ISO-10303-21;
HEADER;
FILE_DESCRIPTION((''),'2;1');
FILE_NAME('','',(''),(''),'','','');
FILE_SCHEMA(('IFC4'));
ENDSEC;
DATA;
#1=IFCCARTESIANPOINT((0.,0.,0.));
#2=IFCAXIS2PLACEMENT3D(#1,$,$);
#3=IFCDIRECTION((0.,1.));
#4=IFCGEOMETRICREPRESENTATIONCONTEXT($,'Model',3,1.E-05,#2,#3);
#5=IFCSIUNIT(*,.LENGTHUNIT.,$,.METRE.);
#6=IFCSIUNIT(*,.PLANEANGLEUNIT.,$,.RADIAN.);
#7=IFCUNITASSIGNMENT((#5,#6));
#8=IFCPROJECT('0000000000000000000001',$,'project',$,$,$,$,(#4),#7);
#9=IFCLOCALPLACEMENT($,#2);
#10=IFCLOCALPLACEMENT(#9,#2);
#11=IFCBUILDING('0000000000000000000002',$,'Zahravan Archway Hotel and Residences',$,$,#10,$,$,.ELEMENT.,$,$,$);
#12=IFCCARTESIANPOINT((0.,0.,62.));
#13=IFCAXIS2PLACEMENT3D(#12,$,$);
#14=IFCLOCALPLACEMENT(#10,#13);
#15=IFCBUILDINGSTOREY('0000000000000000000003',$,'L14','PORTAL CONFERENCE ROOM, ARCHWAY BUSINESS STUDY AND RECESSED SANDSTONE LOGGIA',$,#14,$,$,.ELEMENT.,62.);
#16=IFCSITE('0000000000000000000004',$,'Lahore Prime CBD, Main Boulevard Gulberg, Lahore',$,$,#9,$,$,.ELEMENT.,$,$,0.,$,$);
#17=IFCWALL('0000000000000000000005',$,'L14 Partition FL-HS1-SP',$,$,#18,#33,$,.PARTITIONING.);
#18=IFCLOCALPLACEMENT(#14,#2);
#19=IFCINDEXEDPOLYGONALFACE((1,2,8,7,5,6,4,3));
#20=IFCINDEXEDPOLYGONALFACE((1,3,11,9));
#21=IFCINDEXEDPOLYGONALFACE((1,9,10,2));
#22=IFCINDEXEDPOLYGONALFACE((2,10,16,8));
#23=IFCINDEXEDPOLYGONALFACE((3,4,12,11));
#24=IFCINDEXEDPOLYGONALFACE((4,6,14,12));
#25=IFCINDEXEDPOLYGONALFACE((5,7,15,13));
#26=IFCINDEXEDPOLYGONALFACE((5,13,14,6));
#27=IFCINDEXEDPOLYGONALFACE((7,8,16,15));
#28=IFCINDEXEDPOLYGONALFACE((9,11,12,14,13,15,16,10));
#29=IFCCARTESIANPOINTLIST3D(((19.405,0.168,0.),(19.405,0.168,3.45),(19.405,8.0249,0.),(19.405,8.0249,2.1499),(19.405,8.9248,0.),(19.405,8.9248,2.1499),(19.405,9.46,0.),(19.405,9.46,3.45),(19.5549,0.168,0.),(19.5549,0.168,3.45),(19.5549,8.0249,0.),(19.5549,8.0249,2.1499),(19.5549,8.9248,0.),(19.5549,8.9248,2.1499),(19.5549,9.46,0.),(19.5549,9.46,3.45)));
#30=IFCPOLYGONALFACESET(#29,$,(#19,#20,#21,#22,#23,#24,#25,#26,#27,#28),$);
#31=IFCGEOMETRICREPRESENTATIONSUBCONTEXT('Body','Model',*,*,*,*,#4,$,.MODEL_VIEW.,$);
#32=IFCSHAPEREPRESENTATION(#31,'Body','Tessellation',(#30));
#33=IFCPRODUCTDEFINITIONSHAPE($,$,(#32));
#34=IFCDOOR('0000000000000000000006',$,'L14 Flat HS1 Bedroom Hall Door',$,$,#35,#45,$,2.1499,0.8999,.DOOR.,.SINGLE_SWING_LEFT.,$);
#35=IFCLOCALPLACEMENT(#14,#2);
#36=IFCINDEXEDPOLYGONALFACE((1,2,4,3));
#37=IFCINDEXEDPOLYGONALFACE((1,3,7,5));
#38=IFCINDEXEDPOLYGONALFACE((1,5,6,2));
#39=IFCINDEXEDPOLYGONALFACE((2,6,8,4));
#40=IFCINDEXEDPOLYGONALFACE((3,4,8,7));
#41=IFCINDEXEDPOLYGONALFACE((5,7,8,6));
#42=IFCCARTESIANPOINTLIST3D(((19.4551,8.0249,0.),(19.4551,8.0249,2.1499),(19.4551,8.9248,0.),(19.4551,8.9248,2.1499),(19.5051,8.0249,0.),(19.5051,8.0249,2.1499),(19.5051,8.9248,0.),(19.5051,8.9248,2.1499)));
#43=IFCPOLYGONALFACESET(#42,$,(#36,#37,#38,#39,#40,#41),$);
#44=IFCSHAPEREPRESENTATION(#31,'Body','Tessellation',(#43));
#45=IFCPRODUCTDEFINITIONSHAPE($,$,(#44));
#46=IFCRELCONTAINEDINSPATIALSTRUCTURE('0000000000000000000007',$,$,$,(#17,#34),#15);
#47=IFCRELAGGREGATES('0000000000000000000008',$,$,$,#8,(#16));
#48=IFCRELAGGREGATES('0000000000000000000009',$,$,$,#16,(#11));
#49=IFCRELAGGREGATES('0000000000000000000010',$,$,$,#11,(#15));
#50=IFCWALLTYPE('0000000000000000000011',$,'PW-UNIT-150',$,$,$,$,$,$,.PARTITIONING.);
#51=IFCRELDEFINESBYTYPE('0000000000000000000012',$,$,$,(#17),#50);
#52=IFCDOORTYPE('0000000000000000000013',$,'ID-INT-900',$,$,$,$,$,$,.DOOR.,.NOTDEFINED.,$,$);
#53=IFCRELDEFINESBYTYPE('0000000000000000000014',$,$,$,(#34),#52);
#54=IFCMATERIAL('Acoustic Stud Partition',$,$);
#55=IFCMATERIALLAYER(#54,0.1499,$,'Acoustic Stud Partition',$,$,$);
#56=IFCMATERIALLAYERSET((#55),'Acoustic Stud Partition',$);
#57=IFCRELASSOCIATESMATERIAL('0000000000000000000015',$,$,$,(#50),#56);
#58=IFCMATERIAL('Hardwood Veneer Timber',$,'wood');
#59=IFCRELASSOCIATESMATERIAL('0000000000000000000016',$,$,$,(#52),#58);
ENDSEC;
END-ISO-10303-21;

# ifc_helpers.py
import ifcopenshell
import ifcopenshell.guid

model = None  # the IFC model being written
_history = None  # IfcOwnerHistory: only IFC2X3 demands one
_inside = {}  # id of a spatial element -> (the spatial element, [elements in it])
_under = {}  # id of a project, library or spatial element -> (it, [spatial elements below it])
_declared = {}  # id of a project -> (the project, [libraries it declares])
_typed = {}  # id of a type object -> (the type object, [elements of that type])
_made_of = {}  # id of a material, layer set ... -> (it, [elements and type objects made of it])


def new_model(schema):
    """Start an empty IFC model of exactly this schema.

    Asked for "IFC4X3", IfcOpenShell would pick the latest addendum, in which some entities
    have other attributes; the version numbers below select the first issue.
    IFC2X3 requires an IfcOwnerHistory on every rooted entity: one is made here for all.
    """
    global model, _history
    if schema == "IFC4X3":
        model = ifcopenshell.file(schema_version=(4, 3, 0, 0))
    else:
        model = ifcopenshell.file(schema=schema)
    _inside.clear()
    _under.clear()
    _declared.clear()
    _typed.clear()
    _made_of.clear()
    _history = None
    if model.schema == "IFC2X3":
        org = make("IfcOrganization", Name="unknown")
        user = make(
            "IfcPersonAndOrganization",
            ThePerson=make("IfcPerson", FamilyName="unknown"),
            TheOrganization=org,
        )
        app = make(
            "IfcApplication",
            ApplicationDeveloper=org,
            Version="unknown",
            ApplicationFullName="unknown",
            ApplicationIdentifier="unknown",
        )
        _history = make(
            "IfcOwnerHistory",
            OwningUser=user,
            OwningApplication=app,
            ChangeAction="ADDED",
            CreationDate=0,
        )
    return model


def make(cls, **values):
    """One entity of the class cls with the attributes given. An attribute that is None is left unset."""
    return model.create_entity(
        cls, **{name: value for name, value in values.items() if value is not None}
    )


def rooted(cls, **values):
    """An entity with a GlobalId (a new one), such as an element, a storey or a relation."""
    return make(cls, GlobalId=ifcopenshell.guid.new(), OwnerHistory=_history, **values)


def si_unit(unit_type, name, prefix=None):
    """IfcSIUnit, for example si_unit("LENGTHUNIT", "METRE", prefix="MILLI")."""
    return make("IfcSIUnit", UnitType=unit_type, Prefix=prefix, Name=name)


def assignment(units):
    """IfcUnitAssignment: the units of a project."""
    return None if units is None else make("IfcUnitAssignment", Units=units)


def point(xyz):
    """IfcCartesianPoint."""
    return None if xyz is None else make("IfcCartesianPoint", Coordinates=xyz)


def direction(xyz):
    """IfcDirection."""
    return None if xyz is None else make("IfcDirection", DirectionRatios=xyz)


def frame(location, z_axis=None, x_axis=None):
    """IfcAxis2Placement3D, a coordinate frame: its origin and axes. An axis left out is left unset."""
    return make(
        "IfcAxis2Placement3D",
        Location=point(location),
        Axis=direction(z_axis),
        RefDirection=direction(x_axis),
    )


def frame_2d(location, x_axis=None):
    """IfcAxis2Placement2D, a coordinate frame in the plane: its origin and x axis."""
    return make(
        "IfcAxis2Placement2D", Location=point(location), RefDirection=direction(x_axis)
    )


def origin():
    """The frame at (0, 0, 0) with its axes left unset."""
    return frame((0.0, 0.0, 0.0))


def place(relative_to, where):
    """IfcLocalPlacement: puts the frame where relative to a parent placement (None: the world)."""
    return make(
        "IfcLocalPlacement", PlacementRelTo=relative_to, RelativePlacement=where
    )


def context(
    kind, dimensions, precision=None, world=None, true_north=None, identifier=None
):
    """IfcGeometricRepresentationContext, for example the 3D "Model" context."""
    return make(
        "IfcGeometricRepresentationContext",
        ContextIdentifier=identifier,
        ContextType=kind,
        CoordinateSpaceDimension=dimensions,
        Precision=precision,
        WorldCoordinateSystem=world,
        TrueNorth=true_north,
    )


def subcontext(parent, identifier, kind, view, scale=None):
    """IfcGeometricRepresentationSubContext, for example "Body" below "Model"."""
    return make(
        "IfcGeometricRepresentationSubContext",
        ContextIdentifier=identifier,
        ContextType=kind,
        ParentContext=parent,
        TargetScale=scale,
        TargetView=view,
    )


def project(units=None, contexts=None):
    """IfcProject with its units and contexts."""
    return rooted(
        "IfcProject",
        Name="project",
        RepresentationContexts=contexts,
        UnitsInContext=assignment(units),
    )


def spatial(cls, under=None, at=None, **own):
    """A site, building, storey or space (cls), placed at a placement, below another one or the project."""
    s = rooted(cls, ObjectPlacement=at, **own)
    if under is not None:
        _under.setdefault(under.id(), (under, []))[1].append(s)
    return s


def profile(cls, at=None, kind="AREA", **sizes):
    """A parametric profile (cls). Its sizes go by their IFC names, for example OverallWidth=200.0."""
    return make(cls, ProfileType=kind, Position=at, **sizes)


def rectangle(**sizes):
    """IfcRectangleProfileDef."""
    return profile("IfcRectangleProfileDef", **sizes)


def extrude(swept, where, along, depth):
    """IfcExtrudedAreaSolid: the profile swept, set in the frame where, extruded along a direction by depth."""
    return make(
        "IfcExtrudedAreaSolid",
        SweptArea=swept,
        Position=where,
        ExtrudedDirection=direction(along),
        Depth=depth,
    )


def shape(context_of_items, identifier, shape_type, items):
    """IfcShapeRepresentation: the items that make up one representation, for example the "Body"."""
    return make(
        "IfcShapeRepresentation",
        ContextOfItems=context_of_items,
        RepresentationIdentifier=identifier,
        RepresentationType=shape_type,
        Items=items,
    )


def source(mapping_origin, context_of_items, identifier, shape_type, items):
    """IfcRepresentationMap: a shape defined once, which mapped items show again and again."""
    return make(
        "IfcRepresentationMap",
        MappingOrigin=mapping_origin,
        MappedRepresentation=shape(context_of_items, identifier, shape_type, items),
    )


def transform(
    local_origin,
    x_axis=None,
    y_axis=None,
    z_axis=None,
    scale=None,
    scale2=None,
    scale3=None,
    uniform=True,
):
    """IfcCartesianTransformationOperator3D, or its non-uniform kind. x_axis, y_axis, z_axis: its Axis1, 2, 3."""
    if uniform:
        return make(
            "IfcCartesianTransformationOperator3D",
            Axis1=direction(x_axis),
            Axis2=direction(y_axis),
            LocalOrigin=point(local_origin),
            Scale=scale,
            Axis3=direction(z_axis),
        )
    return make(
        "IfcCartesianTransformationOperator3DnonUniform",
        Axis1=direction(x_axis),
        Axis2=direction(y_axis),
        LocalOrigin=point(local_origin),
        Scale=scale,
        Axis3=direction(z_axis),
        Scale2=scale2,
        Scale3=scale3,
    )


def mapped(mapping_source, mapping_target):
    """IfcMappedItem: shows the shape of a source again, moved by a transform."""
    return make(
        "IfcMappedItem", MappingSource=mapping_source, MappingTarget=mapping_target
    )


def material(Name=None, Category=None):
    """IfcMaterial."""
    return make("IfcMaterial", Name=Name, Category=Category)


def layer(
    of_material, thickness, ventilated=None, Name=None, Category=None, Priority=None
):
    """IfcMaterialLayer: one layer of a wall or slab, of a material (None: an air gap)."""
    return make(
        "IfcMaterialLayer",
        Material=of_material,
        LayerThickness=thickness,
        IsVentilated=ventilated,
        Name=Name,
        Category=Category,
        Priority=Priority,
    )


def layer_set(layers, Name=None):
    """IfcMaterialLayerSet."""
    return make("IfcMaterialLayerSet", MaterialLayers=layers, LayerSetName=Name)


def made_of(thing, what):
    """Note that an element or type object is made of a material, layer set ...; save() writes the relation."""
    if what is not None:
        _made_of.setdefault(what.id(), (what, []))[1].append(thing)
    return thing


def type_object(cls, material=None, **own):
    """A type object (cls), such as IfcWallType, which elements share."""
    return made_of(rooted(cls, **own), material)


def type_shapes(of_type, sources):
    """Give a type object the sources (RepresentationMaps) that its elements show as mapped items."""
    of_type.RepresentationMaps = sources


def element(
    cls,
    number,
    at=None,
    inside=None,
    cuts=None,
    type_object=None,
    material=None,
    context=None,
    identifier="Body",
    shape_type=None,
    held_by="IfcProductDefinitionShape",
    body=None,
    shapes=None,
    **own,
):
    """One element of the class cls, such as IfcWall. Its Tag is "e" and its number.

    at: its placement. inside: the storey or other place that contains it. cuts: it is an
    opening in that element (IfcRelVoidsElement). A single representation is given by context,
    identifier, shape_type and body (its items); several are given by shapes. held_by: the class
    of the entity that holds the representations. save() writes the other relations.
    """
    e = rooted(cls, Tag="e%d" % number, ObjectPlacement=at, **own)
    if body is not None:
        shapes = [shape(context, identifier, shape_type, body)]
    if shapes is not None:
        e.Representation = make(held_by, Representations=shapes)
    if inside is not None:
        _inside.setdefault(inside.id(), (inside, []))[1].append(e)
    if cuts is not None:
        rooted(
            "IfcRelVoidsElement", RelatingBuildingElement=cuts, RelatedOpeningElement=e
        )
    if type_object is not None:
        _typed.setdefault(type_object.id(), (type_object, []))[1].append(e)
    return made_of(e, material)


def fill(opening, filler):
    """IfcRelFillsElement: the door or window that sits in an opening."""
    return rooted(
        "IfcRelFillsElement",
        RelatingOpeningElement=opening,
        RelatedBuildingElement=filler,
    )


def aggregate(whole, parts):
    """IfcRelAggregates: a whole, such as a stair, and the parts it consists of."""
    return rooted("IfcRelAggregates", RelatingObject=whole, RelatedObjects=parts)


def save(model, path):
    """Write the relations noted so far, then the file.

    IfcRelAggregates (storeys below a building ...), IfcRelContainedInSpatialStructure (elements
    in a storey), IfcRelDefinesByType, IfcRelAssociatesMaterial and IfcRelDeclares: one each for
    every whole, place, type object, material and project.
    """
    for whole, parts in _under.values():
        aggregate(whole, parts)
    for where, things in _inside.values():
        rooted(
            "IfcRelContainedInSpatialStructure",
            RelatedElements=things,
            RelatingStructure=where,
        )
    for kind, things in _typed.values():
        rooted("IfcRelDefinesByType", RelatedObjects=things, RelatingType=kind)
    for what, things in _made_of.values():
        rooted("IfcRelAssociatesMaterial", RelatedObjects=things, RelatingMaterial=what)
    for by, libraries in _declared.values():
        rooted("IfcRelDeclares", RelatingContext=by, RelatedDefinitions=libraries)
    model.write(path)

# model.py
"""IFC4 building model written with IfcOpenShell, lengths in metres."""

from ifc_helpers import new_model, si_unit, direction, frame, frame_2d, origin, place, context, subcontext, project, spatial, rectangle, extrude, source, transform, mapped, material, layer, layer_set, type_object, type_shapes, element, fill, save


model = new_model("IFC4")

# Units and contexts
model_context = context("Model", 3, precision=1e-05, world=origin(), true_north=direction((0.0, 1.0)))
body_context = subcontext(model_context, "Body", "Model", "MODEL_VIEW")
ifc_project = project(units=[si_unit("LENGTHUNIT", "METRE"), si_unit("PLANEANGLEUNIT", "RADIAN")], contexts=[model_context])

# Site, building, storey
site_placement = place(None, origin())
site = spatial("IfcSite", under=ifc_project, at=site_placement, Name="Lahore Prime CBD, Main Boulevard Gulberg, Lahore", CompositionType="ELEMENT", RefElevation=0.0)
building_placement = place(site_placement, origin())
building = spatial("IfcBuilding", under=site, at=building_placement, Name="Zahravan Archway Hotel and Residences", CompositionType="ELEMENT")
storey_placement = place(building_placement, frame((0.0, 0.0, 62.0)))
storey = spatial("IfcBuildingStorey", under=building, at=storey_placement, Name="L14", Description="PORTAL CONFERENCE ROOM, ARCHWAY BUSINESS STUDY AND RECESSED SANDSTONE LOGGIA", CompositionType="ELEMENT", Elevation=62.0)

# Wall, opening, door
ifc_material_1 = material(Name="Acoustic Stud Partition")
ifc_layer_1 = layer(ifc_material_1, 0.1499, Name="Acoustic Stud Partition")
ifc_layer_set_1 = layer_set([ifc_layer_1], Name="Acoustic Stud Partition")
wall_type_1 = type_object("IfcWallType", Name="PW-UNIT-150", PredefinedType="PARTITIONING", material=ifc_layer_set_1)
wall_1_placement = place(storey_placement, frame((19.48, 0.168, 0.0), z_axis=(0.0, 0.0, 1.0), x_axis=(0.0, 1.0, 0.0)))
wall_1 = element("IfcWall", 1, at=wall_1_placement, inside=storey, type_object=wall_type_1, Name="L14 Partition FL-HS1-SP", PredefinedType="PARTITIONING", context=body_context, shape_type="SweptSolid", body=[
    extrude(rectangle(XDim=9.292, YDim=0.1499, at=frame_2d((4.646, 0.0))), origin(), (0.0, 0.0, 1.0), 3.45),
])
opening_placement = place(wall_1_placement, frame((7.8569, 0.0, 0.0)))
opening = element("IfcOpeningElement", 2, at=opening_placement, cuts=wall_1, PredefinedType="OPENING", context=body_context, shape_type="SweptSolid", body=[
    extrude(rectangle(XDim=0.8999, YDim=2.1499, at=frame_2d((0.45, 1.075))), frame((0.0, 0.085, 0.0), z_axis=(0.0, -1.0, 0.0), x_axis=(1.0, 0.0, 0.0)), (0.0, 0.0, 1.0), 0.1699),
])
ifc_material_2 = material(Name="Hardwood Veneer Timber", Category="wood")
door_type = type_object("IfcDoorType", Name="ID-INT-900", OperationType="NOTDEFINED", PredefinedType="DOOR", material=ifc_material_2)
shared_shape_1 = source(origin(), body_context, "Body", "SweptSolid", [
    extrude(rectangle(XDim=0.8999, YDim=2.1499, at=frame_2d((0.45, 1.075))), frame((0.0, 0.0249, 0.0), z_axis=(0.0, -1.0, 0.0), x_axis=(1.0, 0.0, 0.0)), (0.0, 0.0, 1.0), 0.05),
])
type_shapes(door_type, [shared_shape_1])
door_placement = place(opening_placement, origin())
door = element("IfcDoor", 3, at=door_placement, inside=storey, type_object=door_type, Name="L14 Flat HS1 Bedroom Hall Door", OperationType="SINGLE_SWING_LEFT", OverallHeight=2.1499, OverallWidth=0.8999, PredefinedType="DOOR", context=body_context, shape_type="MappedRepresentation", body=[
    mapped(shared_shape_1, transform((0.0, 0.0, 0.0), scale=1.0)),
])
fill(opening, door)

save(model, "model.ifc")
